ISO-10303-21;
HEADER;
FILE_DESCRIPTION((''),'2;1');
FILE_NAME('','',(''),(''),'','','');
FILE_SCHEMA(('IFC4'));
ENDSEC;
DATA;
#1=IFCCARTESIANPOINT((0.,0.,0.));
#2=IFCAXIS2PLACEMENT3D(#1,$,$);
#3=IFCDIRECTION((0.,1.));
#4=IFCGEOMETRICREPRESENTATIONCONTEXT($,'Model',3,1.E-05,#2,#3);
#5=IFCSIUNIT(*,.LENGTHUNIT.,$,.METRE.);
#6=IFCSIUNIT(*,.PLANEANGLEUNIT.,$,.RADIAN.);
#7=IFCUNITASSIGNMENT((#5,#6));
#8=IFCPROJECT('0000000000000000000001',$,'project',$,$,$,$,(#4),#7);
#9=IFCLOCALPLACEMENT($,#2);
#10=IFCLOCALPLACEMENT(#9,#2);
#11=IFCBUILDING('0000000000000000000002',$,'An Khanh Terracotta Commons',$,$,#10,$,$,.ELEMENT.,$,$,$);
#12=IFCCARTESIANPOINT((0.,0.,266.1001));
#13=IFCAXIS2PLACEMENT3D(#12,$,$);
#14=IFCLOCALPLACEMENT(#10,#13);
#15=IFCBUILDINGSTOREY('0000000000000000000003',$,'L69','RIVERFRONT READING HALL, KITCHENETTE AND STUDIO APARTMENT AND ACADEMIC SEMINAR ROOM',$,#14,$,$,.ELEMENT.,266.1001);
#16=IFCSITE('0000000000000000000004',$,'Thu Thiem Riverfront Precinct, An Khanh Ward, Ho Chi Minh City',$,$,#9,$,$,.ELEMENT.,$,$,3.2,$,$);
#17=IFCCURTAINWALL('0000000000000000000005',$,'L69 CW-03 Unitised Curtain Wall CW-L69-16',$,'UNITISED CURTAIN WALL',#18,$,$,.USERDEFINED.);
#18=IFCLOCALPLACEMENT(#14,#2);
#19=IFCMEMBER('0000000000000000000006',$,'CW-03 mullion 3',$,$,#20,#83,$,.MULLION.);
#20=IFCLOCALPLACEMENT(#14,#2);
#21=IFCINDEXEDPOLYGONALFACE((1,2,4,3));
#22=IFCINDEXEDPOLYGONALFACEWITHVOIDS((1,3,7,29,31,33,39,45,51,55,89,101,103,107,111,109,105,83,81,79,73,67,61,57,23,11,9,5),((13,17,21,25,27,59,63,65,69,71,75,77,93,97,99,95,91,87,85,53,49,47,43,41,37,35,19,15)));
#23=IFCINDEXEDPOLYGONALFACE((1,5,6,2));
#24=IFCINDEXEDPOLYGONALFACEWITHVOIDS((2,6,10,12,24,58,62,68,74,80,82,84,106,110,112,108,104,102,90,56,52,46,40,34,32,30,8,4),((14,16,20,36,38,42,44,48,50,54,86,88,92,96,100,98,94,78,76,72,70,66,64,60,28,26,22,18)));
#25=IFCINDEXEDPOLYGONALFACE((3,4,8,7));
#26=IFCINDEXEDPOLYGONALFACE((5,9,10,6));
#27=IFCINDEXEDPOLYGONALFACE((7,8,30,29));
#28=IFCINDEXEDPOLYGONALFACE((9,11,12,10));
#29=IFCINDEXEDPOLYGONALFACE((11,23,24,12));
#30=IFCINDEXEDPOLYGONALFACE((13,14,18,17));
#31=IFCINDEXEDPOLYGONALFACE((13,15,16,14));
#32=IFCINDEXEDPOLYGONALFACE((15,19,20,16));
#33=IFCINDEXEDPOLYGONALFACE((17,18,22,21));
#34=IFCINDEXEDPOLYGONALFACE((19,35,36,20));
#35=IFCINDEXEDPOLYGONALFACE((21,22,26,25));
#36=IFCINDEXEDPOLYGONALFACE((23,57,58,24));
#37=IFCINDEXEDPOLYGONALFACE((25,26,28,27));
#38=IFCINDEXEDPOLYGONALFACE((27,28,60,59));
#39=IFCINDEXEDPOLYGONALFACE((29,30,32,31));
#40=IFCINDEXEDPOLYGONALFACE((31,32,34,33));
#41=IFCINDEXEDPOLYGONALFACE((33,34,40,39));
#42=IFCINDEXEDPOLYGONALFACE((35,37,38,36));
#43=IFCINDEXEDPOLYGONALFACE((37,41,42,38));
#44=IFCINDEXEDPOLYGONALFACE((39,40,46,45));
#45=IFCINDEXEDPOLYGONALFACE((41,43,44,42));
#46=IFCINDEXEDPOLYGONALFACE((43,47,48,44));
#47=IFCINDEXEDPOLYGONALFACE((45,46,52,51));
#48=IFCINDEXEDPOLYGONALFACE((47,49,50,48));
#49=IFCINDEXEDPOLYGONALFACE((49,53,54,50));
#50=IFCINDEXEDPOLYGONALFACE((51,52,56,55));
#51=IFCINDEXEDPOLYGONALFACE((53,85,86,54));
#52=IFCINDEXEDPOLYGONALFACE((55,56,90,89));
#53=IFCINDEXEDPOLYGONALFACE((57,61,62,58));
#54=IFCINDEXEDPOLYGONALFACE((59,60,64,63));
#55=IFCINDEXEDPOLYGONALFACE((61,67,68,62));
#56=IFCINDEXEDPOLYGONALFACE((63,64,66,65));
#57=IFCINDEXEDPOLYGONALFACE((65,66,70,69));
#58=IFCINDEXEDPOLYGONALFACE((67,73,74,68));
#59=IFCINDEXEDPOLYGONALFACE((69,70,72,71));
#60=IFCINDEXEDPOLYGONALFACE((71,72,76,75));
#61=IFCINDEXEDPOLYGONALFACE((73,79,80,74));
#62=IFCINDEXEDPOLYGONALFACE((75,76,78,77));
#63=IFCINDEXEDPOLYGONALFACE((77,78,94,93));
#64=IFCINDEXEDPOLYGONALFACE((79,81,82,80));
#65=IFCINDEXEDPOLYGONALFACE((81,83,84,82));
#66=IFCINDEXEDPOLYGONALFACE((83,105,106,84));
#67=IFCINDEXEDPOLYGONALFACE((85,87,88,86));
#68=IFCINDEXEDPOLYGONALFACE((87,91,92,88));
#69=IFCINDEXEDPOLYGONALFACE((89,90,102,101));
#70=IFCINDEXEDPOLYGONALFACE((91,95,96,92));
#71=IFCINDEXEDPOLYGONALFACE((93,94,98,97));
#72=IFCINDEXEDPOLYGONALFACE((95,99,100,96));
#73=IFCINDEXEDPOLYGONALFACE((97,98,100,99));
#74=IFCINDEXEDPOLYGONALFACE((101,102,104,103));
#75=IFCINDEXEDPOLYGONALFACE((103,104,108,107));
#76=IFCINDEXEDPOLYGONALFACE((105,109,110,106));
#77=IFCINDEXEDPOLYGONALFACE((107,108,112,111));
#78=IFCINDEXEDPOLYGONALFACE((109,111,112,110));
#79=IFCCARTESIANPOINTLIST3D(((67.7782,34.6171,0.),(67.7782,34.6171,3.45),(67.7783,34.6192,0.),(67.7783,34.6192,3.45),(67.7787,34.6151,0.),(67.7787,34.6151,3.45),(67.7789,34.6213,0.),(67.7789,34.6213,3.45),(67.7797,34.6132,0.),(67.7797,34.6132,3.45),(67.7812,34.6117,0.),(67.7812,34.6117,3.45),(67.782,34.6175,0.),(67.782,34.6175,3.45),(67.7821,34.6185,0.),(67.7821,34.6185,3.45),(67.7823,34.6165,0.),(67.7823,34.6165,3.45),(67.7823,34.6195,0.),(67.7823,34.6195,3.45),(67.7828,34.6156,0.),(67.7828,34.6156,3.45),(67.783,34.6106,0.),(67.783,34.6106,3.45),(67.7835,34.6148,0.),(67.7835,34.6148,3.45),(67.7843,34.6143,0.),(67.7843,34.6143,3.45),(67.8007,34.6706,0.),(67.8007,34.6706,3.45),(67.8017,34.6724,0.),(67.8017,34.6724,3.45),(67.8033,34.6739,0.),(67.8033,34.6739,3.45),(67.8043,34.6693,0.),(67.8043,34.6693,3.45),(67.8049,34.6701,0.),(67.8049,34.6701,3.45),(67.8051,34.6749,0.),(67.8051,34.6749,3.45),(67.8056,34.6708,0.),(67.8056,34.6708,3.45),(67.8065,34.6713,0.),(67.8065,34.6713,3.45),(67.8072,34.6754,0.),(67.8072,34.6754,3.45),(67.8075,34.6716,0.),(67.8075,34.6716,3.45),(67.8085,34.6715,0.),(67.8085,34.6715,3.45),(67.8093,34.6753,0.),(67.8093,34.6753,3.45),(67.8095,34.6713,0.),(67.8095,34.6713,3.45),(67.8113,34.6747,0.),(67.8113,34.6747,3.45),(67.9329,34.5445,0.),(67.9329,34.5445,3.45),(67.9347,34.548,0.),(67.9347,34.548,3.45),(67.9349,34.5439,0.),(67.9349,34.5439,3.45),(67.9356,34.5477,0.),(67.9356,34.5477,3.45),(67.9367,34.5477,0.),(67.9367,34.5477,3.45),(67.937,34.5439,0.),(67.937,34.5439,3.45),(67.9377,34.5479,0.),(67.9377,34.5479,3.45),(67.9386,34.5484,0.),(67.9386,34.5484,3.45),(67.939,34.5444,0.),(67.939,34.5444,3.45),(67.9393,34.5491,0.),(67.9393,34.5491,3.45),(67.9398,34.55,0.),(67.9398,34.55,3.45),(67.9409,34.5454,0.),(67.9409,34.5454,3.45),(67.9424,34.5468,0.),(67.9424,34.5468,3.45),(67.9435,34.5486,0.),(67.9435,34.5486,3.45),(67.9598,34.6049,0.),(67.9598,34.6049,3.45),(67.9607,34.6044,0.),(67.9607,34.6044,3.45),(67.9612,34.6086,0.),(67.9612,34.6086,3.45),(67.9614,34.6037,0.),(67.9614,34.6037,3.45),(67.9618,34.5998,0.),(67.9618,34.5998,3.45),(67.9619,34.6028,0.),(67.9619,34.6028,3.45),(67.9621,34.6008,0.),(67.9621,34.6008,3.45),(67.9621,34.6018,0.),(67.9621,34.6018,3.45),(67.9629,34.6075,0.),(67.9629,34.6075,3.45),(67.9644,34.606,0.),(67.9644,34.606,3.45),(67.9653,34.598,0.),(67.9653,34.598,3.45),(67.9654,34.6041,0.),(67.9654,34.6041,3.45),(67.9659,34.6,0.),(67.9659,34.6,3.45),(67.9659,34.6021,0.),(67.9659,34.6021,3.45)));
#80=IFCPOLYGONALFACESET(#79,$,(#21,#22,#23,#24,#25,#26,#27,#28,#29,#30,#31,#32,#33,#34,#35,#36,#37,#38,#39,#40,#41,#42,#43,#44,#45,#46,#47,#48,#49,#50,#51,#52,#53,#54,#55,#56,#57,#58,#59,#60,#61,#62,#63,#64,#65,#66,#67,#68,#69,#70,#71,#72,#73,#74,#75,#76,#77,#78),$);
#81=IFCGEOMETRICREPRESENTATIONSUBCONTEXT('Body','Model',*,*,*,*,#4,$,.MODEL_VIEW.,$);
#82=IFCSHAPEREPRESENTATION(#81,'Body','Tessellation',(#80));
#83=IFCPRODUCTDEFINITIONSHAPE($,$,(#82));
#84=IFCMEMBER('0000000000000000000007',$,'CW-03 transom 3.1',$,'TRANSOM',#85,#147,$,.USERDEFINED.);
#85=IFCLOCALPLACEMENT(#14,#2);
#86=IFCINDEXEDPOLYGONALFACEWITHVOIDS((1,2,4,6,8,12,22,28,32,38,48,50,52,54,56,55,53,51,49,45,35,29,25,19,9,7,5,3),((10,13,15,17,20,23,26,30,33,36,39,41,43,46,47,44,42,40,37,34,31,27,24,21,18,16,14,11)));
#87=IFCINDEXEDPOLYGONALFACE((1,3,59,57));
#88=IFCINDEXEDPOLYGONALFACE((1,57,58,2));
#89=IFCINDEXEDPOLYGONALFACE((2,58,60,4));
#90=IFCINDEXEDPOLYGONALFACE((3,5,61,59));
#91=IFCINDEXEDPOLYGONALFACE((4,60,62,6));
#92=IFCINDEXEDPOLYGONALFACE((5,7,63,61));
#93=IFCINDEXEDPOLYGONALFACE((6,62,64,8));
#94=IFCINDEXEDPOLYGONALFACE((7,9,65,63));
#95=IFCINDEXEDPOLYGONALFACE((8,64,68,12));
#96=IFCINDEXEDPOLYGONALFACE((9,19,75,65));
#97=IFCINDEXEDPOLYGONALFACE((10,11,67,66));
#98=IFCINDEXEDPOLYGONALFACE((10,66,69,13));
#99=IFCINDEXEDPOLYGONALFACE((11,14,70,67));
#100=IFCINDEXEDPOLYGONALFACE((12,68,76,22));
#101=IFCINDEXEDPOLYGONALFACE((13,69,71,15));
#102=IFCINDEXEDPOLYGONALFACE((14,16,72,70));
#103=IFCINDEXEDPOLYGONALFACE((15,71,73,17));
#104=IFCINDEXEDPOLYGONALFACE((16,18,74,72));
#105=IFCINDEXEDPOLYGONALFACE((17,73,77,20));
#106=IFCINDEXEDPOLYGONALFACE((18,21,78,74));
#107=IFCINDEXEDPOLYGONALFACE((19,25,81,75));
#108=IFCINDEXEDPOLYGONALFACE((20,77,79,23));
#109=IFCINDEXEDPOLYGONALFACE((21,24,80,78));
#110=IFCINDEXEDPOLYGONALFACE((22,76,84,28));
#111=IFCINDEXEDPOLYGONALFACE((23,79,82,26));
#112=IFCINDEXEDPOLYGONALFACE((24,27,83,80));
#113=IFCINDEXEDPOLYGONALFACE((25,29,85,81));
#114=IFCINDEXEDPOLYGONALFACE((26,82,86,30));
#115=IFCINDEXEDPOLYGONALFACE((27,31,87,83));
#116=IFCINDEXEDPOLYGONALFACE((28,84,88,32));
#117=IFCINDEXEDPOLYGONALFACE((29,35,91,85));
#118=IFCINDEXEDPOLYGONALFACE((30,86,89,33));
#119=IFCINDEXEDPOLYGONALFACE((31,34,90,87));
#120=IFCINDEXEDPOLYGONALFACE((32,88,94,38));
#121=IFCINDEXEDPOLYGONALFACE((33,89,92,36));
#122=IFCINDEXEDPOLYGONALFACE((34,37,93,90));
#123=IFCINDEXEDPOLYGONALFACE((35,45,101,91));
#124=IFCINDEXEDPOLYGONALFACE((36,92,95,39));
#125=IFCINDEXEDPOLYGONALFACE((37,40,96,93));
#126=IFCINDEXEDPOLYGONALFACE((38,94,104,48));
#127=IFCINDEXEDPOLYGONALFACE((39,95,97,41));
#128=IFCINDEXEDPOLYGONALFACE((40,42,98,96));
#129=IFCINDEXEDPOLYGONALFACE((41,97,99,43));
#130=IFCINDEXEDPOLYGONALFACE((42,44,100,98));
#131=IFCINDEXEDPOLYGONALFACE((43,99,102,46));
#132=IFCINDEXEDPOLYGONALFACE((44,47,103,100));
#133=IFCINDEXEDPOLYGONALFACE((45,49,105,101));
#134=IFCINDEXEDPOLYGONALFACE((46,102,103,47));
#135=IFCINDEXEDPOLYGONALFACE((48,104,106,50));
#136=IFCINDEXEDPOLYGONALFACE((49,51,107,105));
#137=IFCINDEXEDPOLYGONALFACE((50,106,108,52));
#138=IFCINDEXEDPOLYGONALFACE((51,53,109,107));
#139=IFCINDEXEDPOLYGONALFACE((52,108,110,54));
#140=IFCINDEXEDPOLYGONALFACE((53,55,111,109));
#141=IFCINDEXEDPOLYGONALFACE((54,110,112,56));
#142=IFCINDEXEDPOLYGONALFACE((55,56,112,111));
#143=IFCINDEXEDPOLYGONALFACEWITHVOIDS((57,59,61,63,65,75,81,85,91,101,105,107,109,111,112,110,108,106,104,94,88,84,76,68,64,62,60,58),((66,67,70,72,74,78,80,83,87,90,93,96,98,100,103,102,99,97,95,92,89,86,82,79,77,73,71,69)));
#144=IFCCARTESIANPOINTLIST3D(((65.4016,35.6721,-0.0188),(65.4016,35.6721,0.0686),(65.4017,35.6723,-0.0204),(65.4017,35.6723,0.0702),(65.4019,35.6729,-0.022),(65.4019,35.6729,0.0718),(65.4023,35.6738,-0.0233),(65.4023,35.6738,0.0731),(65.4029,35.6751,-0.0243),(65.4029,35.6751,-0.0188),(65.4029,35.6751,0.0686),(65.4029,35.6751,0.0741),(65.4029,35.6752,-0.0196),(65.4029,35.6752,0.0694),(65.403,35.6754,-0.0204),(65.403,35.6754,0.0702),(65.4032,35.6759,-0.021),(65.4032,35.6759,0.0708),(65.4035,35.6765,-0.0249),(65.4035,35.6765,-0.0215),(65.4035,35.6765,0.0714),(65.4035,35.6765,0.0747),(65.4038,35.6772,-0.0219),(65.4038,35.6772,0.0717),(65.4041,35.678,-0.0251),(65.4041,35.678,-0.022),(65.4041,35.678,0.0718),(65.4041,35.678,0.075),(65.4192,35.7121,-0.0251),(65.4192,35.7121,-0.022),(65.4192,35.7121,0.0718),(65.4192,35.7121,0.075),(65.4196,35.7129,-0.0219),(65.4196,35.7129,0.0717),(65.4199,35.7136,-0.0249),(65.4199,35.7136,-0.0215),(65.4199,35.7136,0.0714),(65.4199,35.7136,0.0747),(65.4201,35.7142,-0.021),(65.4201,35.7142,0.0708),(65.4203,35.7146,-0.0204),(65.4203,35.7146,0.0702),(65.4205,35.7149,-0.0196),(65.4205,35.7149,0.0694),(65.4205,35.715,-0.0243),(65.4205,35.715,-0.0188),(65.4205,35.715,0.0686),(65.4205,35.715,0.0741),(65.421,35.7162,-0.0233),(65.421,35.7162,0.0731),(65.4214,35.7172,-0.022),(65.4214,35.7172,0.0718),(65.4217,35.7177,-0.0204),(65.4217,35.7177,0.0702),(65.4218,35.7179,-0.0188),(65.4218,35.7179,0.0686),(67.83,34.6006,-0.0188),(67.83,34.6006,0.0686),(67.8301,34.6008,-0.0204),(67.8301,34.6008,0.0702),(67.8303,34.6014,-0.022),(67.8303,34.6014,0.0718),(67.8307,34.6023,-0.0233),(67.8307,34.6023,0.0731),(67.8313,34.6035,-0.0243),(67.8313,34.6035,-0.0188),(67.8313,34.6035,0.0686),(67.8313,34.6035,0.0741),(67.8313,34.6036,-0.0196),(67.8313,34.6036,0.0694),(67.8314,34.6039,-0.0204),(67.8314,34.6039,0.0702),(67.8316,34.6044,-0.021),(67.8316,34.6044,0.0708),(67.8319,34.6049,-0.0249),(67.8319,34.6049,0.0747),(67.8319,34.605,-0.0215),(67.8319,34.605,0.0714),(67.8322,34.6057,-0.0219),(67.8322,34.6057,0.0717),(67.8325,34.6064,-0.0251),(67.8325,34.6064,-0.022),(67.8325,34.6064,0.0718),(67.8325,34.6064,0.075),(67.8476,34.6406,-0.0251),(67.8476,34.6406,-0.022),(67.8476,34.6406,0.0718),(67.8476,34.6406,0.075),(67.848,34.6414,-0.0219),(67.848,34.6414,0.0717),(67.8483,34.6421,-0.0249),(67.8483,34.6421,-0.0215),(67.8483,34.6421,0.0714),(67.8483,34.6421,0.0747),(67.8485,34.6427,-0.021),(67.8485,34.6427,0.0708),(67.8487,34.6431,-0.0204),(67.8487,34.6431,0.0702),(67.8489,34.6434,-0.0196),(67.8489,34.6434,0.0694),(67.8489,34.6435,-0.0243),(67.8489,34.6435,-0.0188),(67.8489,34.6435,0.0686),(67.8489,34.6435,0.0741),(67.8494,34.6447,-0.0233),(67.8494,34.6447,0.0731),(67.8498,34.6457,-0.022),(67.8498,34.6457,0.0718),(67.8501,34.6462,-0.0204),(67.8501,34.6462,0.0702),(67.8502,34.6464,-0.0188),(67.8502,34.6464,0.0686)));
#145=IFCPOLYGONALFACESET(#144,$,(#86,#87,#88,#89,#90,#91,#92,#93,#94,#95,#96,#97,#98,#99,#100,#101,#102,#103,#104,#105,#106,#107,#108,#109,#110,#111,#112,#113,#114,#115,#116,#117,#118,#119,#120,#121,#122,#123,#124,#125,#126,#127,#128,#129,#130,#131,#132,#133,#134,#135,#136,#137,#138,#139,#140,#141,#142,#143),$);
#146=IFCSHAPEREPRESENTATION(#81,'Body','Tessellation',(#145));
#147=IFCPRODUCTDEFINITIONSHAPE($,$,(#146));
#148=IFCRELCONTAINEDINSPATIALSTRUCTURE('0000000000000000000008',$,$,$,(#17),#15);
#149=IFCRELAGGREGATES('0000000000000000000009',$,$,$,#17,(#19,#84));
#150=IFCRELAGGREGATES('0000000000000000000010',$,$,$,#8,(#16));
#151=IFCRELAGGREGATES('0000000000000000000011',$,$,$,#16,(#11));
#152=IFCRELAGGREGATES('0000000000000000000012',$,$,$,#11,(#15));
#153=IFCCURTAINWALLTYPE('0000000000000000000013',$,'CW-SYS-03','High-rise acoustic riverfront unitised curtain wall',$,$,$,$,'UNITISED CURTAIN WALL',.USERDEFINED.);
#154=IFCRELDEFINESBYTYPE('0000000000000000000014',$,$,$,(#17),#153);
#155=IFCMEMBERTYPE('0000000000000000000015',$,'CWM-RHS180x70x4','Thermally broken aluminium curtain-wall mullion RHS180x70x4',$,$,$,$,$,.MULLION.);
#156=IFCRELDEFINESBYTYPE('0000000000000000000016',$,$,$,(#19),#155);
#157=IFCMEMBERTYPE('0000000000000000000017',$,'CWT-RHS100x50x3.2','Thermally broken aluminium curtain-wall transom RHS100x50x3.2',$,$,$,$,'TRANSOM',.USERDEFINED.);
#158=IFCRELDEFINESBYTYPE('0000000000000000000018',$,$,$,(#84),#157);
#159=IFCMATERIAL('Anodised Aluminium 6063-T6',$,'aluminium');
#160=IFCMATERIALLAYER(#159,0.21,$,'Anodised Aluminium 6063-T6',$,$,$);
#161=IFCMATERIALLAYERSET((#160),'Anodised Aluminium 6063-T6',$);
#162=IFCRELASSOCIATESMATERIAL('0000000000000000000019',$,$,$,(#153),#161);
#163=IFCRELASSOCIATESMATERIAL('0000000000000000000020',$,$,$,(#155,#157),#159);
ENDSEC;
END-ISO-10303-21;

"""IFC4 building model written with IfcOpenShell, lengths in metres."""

from ifc_helpers import new_model, si_unit, direction, frame, origin, origin_2d, place, context, subcontext, project, spatial, hollow_rectangle, extrude, material, layer, layer_set, material_profile, profile_set, type_object, element, aggregate, save


model = new_model("IFC4")

# Units and contexts
model_context = context("Model", 3, precision=1e-05, world=origin(), true_north=direction((0.0, 1.0)))
body_context = subcontext(model_context, "Body", "Model", "MODEL_VIEW")
ifc_project = project(units=[si_unit("LENGTHUNIT", "METRE"), si_unit("PLANEANGLEUNIT", "RADIAN")], contexts=[model_context])

# Site, building, storey
site_placement = place(None, origin())
site = spatial("IfcSite", under=ifc_project, at=site_placement, Name="Thu Thiem Riverfront Precinct, An Khanh Ward, Ho Chi Minh City", CompositionType="ELEMENT", RefElevation=3.2)
building_placement = place(site_placement, origin())
building = spatial("IfcBuilding", under=site, at=building_placement, Name="An Khanh Terracotta Commons", CompositionType="ELEMENT")
storey_placement = place(building_placement, frame((0.0, 0.0, 266.1001)))
storey = spatial("IfcBuildingStorey", under=building, at=storey_placement, Name="L69", Description="RIVERFRONT READING HALL, KITCHENETTE AND STUDIO APARTMENT AND ACADEMIC SEMINAR ROOM", CompositionType="ELEMENT", Elevation=266.1001)

# Curtain wall, members
ifc_material_1 = material(Name="Anodised Aluminium 6063-T6", Category="aluminium")
ifc_layer_1 = layer(ifc_material_1, 0.21, Name="Anodised Aluminium 6063-T6")
ifc_layer_set_1 = layer_set([ifc_layer_1], Name="Anodised Aluminium 6063-T6")
curtain_wall_type = type_object("IfcCurtainWallType", Name="CW-SYS-03", Description="High-rise acoustic riverfront unitised curtain wall", ElementType="UNITISED CURTAIN WALL", PredefinedType="USERDEFINED", material=ifc_layer_set_1)
curtain_wall_placement = place(storey_placement, origin())
curtain_wall = element("IfcCurtainWall", 1, at=curtain_wall_placement, inside=storey, type_object=curtain_wall_type, Name="L69 CW-03 Unitised Curtain Wall CW-L69-16", ObjectType="UNITISED CURTAIN WALL", PredefinedType="USERDEFINED")
ifc_material_profile_1 = material_profile(ifc_material_1, hollow_rectangle(XDim=0.0701, YDim=0.1799, WallThickness=0.0039, InnerFilletRadius=0.0039, OuterFilletRadius=0.0081, at=origin_2d()), Name="RHS180x70x4")
ifc_profile_set_1 = profile_set([ifc_material_profile_1], Name="Anodised Aluminium 6063-T6")
member_type_1 = type_object("IfcMemberType", Name="CWM-RHS180x70x4", Description="Thermally broken aluminium curtain-wall mullion RHS180x70x4", PredefinedType="MULLION", material=ifc_profile_set_1)
member_1_placement = place(storey_placement, frame((67.8721, 34.6096, 0.0), z_axis=(0.0, 0.0, 1.0), x_axis=(-0.403676, -0.914902, 0.0)))
member_1 = element("IfcMember", 2, at=member_1_placement, type_object=member_type_1, Name="CW-03 mullion 3", PredefinedType="MULLION", context=body_context, shape_type="SweptSolid", body=[
    extrude(hollow_rectangle(XDim=0.0701, YDim=0.1799, WallThickness=0.0039, InnerFilletRadius=0.0039, OuterFilletRadius=0.0081, at=origin_2d()), origin(), (0.0, 0.0, 1.0), 3.45),
])
ifc_material_profile_2 = material_profile(ifc_material_1, hollow_rectangle(XDim=0.05, YDim=0.1001, WallThickness=0.0032, InnerFilletRadius=0.0032, OuterFilletRadius=0.0063, at=origin_2d()), Name="RHS100x50x3.2")
ifc_profile_set_2 = profile_set([ifc_material_profile_2], Name="Anodised Aluminium 6063-T6")
member_type_2 = type_object("IfcMemberType", Name="CWT-RHS100x50x3.2", Description="Thermally broken aluminium curtain-wall transom RHS100x50x3.2", ElementType="TRANSOM", PredefinedType="USERDEFINED", material=ifc_profile_set_2)
member_2_placement = place(storey_placement, frame((67.8401, 34.6235, 0.0249), z_axis=(-0.914897, 0.403688, 0.0), x_axis=(-0.403688, -0.914897, 0.0)))
member_2 = element("IfcMember", 3, at=member_2_placement, type_object=member_type_2, Name="CW-03 transom 3.1", ObjectType="TRANSOM", PredefinedType="USERDEFINED", context=body_context, shape_type="SweptSolid", body=[
    extrude(hollow_rectangle(XDim=0.05, YDim=0.1001, WallThickness=0.0032, InnerFilletRadius=0.0032, OuterFilletRadius=0.0063, at=origin_2d()), origin(), (0.0, 0.0, 1.0), 2.6543),
])
aggregate(curtain_wall, [member_1, member_2])

save(model, "model.ifc")
